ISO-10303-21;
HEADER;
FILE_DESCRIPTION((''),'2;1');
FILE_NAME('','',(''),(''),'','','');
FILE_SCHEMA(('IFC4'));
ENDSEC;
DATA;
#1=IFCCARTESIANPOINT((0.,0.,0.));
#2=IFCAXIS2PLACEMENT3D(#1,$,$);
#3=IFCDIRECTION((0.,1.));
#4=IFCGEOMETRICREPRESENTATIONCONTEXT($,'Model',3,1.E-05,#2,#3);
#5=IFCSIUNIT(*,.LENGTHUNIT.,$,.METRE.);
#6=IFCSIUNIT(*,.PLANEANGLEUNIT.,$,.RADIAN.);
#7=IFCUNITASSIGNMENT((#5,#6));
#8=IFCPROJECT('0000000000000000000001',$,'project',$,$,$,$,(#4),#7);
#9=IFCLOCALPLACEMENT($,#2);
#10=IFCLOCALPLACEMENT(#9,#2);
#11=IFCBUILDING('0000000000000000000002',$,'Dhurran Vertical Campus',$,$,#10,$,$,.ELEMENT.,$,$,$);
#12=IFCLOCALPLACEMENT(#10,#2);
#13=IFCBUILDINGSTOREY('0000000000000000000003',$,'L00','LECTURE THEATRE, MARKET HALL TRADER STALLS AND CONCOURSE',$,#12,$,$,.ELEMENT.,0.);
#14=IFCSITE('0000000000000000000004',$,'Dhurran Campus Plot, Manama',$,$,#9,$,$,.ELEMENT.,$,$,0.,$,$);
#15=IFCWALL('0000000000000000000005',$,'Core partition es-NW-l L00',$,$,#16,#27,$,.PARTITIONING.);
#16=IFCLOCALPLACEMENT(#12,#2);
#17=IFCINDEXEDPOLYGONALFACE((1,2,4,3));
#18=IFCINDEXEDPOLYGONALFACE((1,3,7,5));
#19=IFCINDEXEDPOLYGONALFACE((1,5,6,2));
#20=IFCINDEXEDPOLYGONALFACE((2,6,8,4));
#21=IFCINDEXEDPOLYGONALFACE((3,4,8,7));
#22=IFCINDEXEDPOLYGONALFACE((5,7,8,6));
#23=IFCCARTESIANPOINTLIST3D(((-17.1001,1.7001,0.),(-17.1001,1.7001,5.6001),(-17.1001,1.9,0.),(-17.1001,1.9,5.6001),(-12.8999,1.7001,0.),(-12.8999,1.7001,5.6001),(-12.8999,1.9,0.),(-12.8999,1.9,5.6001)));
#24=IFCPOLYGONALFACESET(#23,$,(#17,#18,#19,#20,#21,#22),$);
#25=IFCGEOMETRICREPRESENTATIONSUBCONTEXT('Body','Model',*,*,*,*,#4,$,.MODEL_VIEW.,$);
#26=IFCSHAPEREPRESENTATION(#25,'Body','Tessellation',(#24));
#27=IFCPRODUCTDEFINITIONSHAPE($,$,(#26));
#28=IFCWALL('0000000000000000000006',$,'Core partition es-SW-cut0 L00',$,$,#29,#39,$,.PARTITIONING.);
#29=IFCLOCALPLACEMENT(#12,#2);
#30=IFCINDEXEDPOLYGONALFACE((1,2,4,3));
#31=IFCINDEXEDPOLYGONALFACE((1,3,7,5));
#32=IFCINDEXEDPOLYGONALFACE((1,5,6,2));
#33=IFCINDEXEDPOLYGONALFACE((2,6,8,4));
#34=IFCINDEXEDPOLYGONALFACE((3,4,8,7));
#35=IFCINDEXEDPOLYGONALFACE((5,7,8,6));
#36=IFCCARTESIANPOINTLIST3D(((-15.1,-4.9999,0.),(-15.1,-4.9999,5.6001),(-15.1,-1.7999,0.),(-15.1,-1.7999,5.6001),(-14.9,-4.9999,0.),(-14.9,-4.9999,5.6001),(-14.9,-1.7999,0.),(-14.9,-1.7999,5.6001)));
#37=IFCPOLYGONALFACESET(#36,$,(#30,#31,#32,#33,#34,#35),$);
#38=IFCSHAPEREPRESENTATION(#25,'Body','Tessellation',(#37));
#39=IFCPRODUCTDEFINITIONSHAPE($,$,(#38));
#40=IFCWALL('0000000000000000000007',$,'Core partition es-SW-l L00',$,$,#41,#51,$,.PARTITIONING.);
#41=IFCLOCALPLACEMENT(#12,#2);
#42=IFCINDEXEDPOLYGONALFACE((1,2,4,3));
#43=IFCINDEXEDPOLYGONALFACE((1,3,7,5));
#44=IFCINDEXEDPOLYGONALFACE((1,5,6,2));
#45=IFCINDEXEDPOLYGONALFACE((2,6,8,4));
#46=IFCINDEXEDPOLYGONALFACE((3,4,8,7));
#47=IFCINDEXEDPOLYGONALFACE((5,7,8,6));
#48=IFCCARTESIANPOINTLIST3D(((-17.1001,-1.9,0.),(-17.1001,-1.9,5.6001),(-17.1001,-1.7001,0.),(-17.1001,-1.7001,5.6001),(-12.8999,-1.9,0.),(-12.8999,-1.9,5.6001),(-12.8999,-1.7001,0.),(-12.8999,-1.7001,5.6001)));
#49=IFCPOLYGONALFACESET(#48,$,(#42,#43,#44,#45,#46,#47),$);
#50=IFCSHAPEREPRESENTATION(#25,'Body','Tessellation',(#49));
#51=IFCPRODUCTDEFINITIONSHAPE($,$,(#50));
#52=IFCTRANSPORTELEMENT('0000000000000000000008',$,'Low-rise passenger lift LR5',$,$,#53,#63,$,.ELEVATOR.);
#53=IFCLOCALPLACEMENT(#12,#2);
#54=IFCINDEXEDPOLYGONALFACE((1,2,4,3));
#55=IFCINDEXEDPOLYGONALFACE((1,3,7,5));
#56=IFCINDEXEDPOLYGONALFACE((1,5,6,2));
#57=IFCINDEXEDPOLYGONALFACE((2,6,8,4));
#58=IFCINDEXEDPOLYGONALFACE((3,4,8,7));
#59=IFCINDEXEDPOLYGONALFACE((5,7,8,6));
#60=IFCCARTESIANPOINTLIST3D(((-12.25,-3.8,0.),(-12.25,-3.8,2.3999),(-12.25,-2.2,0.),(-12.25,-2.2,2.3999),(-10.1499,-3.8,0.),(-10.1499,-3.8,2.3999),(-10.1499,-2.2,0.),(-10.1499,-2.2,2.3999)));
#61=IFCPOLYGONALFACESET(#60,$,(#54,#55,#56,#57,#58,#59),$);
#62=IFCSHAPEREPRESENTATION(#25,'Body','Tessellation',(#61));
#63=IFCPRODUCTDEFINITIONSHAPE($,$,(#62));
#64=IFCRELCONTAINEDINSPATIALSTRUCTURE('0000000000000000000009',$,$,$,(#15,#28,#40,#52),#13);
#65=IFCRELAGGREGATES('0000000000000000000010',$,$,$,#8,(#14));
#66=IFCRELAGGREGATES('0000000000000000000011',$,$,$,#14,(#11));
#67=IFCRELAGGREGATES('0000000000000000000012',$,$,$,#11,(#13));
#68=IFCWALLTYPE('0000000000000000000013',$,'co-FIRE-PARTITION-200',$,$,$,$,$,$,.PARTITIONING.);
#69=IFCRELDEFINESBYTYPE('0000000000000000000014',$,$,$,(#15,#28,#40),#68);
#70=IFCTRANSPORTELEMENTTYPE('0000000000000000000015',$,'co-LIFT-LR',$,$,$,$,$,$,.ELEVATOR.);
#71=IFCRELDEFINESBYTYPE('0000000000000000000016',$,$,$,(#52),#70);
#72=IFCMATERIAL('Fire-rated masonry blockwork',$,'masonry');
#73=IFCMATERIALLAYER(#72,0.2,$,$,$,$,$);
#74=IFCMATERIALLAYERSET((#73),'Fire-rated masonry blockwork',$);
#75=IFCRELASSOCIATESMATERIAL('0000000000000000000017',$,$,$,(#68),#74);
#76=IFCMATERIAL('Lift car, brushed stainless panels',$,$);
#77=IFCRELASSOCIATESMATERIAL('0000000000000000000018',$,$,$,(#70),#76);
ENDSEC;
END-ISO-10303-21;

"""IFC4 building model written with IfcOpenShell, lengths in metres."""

from ifc_helpers import new_model, si_unit, direction, frame, frame_2d, origin, origin_2d, place, context, subcontext, project, spatial, rectangle, extrude, material, layer, layer_set, type_object, element, save


model = new_model("IFC4")

# Units and contexts
model_context = context("Model", 3, precision=1e-05, world=origin(), true_north=direction((0.0, 1.0)))
body_context = subcontext(model_context, "Body", "Model", "MODEL_VIEW")
ifc_project = project(units=[si_unit("LENGTHUNIT", "METRE"), si_unit("PLANEANGLEUNIT", "RADIAN")], contexts=[model_context])

# Site, building, storey
site_placement = place(None, origin())
site = spatial("IfcSite", under=ifc_project, at=site_placement, Name="Dhurran Campus Plot, Manama", CompositionType="ELEMENT", RefElevation=0.0)
building_placement = place(site_placement, origin())
building = spatial("IfcBuilding", under=site, at=building_placement, Name="Dhurran Vertical Campus", CompositionType="ELEMENT")
storey_placement = place(building_placement, origin())
storey = spatial("IfcBuildingStorey", under=building, at=storey_placement, Name="L00", Description="LECTURE THEATRE, MARKET HALL TRADER STALLS AND CONCOURSE", CompositionType="ELEMENT", Elevation=0.0)

# Walls
ifc_material_1 = material(Name="Fire-rated masonry blockwork", Category="masonry")
ifc_layer_1 = layer(ifc_material_1, 0.2)
ifc_layer_set_1 = layer_set([ifc_layer_1], Name="Fire-rated masonry blockwork")
wall_type_1 = type_object("IfcWallType", Name="co-FIRE-PARTITION-200", PredefinedType="PARTITIONING", material=ifc_layer_set_1)
wall_1_placement = place(storey_placement, frame((-17.1001, 1.8, 0.0), z_axis=(0.0, 0.0, 1.0), x_axis=(1.0, 0.0, 0.0)))
element("IfcWall", 1, at=wall_1_placement, inside=storey, type_object=wall_type_1, Name="Core partition es-NW-l L00", PredefinedType="PARTITIONING", context=body_context, shape_type="SweptSolid", body=[
    extrude(rectangle(XDim=4.2002, YDim=0.2, at=frame_2d((2.1001, 0.0))), origin(), (0.0, 0.0, 1.0), 5.6001),
])
wall_2_placement = place(storey_placement, frame((-15.0, -5.0, 0.0), z_axis=(0.0, 0.0, 1.0), x_axis=(0.0, 1.0, 0.0)))
element("IfcWall", 2, at=wall_2_placement, inside=storey, type_object=wall_type_1, Name="Core partition es-SW-cut0 L00", PredefinedType="PARTITIONING", context=body_context, shape_type="SweptSolid", body=[
    extrude(rectangle(XDim=3.2, YDim=0.2, at=frame_2d((1.6001, 0.0))), origin(), (0.0, 0.0, 1.0), 5.6001),
])
wall_3_placement = place(storey_placement, frame((-17.1001, -1.8, 0.0), z_axis=(0.0, 0.0, 1.0), x_axis=(1.0, 0.0, 0.0)))
element("IfcWall", 3, at=wall_3_placement, inside=storey, type_object=wall_type_1, Name="Core partition es-SW-l L00", PredefinedType="PARTITIONING", context=body_context, shape_type="SweptSolid", body=[
    extrude(rectangle(XDim=4.2002, YDim=0.2, at=frame_2d((2.1001, 0.0))), origin(), (0.0, 0.0, 1.0), 5.6001),
])

# Transport element
ifc_material_2 = material(Name="Lift car, brushed stainless panels")
transport_element_type = type_object("IfcTransportElementType", Name="co-LIFT-LR", PredefinedType="ELEVATOR", material=ifc_material_2)
transport_element_placement = place(storey_placement, frame((-11.2, -3.0, 0.0), z_axis=(0.0, 0.0, 1.0), x_axis=(1.0, 0.0, 0.0)))
element("IfcTransportElement", 4, at=transport_element_placement, inside=storey, type_object=transport_element_type, Name="Low-rise passenger lift LR5", PredefinedType="ELEVATOR", context=body_context, shape_type="SweptSolid", body=[
    extrude(rectangle(XDim=2.1001, YDim=1.6001, at=origin_2d()), origin(), (0.0, 0.0, 1.0), 2.3999),
])

save(model, "model.ifc")
